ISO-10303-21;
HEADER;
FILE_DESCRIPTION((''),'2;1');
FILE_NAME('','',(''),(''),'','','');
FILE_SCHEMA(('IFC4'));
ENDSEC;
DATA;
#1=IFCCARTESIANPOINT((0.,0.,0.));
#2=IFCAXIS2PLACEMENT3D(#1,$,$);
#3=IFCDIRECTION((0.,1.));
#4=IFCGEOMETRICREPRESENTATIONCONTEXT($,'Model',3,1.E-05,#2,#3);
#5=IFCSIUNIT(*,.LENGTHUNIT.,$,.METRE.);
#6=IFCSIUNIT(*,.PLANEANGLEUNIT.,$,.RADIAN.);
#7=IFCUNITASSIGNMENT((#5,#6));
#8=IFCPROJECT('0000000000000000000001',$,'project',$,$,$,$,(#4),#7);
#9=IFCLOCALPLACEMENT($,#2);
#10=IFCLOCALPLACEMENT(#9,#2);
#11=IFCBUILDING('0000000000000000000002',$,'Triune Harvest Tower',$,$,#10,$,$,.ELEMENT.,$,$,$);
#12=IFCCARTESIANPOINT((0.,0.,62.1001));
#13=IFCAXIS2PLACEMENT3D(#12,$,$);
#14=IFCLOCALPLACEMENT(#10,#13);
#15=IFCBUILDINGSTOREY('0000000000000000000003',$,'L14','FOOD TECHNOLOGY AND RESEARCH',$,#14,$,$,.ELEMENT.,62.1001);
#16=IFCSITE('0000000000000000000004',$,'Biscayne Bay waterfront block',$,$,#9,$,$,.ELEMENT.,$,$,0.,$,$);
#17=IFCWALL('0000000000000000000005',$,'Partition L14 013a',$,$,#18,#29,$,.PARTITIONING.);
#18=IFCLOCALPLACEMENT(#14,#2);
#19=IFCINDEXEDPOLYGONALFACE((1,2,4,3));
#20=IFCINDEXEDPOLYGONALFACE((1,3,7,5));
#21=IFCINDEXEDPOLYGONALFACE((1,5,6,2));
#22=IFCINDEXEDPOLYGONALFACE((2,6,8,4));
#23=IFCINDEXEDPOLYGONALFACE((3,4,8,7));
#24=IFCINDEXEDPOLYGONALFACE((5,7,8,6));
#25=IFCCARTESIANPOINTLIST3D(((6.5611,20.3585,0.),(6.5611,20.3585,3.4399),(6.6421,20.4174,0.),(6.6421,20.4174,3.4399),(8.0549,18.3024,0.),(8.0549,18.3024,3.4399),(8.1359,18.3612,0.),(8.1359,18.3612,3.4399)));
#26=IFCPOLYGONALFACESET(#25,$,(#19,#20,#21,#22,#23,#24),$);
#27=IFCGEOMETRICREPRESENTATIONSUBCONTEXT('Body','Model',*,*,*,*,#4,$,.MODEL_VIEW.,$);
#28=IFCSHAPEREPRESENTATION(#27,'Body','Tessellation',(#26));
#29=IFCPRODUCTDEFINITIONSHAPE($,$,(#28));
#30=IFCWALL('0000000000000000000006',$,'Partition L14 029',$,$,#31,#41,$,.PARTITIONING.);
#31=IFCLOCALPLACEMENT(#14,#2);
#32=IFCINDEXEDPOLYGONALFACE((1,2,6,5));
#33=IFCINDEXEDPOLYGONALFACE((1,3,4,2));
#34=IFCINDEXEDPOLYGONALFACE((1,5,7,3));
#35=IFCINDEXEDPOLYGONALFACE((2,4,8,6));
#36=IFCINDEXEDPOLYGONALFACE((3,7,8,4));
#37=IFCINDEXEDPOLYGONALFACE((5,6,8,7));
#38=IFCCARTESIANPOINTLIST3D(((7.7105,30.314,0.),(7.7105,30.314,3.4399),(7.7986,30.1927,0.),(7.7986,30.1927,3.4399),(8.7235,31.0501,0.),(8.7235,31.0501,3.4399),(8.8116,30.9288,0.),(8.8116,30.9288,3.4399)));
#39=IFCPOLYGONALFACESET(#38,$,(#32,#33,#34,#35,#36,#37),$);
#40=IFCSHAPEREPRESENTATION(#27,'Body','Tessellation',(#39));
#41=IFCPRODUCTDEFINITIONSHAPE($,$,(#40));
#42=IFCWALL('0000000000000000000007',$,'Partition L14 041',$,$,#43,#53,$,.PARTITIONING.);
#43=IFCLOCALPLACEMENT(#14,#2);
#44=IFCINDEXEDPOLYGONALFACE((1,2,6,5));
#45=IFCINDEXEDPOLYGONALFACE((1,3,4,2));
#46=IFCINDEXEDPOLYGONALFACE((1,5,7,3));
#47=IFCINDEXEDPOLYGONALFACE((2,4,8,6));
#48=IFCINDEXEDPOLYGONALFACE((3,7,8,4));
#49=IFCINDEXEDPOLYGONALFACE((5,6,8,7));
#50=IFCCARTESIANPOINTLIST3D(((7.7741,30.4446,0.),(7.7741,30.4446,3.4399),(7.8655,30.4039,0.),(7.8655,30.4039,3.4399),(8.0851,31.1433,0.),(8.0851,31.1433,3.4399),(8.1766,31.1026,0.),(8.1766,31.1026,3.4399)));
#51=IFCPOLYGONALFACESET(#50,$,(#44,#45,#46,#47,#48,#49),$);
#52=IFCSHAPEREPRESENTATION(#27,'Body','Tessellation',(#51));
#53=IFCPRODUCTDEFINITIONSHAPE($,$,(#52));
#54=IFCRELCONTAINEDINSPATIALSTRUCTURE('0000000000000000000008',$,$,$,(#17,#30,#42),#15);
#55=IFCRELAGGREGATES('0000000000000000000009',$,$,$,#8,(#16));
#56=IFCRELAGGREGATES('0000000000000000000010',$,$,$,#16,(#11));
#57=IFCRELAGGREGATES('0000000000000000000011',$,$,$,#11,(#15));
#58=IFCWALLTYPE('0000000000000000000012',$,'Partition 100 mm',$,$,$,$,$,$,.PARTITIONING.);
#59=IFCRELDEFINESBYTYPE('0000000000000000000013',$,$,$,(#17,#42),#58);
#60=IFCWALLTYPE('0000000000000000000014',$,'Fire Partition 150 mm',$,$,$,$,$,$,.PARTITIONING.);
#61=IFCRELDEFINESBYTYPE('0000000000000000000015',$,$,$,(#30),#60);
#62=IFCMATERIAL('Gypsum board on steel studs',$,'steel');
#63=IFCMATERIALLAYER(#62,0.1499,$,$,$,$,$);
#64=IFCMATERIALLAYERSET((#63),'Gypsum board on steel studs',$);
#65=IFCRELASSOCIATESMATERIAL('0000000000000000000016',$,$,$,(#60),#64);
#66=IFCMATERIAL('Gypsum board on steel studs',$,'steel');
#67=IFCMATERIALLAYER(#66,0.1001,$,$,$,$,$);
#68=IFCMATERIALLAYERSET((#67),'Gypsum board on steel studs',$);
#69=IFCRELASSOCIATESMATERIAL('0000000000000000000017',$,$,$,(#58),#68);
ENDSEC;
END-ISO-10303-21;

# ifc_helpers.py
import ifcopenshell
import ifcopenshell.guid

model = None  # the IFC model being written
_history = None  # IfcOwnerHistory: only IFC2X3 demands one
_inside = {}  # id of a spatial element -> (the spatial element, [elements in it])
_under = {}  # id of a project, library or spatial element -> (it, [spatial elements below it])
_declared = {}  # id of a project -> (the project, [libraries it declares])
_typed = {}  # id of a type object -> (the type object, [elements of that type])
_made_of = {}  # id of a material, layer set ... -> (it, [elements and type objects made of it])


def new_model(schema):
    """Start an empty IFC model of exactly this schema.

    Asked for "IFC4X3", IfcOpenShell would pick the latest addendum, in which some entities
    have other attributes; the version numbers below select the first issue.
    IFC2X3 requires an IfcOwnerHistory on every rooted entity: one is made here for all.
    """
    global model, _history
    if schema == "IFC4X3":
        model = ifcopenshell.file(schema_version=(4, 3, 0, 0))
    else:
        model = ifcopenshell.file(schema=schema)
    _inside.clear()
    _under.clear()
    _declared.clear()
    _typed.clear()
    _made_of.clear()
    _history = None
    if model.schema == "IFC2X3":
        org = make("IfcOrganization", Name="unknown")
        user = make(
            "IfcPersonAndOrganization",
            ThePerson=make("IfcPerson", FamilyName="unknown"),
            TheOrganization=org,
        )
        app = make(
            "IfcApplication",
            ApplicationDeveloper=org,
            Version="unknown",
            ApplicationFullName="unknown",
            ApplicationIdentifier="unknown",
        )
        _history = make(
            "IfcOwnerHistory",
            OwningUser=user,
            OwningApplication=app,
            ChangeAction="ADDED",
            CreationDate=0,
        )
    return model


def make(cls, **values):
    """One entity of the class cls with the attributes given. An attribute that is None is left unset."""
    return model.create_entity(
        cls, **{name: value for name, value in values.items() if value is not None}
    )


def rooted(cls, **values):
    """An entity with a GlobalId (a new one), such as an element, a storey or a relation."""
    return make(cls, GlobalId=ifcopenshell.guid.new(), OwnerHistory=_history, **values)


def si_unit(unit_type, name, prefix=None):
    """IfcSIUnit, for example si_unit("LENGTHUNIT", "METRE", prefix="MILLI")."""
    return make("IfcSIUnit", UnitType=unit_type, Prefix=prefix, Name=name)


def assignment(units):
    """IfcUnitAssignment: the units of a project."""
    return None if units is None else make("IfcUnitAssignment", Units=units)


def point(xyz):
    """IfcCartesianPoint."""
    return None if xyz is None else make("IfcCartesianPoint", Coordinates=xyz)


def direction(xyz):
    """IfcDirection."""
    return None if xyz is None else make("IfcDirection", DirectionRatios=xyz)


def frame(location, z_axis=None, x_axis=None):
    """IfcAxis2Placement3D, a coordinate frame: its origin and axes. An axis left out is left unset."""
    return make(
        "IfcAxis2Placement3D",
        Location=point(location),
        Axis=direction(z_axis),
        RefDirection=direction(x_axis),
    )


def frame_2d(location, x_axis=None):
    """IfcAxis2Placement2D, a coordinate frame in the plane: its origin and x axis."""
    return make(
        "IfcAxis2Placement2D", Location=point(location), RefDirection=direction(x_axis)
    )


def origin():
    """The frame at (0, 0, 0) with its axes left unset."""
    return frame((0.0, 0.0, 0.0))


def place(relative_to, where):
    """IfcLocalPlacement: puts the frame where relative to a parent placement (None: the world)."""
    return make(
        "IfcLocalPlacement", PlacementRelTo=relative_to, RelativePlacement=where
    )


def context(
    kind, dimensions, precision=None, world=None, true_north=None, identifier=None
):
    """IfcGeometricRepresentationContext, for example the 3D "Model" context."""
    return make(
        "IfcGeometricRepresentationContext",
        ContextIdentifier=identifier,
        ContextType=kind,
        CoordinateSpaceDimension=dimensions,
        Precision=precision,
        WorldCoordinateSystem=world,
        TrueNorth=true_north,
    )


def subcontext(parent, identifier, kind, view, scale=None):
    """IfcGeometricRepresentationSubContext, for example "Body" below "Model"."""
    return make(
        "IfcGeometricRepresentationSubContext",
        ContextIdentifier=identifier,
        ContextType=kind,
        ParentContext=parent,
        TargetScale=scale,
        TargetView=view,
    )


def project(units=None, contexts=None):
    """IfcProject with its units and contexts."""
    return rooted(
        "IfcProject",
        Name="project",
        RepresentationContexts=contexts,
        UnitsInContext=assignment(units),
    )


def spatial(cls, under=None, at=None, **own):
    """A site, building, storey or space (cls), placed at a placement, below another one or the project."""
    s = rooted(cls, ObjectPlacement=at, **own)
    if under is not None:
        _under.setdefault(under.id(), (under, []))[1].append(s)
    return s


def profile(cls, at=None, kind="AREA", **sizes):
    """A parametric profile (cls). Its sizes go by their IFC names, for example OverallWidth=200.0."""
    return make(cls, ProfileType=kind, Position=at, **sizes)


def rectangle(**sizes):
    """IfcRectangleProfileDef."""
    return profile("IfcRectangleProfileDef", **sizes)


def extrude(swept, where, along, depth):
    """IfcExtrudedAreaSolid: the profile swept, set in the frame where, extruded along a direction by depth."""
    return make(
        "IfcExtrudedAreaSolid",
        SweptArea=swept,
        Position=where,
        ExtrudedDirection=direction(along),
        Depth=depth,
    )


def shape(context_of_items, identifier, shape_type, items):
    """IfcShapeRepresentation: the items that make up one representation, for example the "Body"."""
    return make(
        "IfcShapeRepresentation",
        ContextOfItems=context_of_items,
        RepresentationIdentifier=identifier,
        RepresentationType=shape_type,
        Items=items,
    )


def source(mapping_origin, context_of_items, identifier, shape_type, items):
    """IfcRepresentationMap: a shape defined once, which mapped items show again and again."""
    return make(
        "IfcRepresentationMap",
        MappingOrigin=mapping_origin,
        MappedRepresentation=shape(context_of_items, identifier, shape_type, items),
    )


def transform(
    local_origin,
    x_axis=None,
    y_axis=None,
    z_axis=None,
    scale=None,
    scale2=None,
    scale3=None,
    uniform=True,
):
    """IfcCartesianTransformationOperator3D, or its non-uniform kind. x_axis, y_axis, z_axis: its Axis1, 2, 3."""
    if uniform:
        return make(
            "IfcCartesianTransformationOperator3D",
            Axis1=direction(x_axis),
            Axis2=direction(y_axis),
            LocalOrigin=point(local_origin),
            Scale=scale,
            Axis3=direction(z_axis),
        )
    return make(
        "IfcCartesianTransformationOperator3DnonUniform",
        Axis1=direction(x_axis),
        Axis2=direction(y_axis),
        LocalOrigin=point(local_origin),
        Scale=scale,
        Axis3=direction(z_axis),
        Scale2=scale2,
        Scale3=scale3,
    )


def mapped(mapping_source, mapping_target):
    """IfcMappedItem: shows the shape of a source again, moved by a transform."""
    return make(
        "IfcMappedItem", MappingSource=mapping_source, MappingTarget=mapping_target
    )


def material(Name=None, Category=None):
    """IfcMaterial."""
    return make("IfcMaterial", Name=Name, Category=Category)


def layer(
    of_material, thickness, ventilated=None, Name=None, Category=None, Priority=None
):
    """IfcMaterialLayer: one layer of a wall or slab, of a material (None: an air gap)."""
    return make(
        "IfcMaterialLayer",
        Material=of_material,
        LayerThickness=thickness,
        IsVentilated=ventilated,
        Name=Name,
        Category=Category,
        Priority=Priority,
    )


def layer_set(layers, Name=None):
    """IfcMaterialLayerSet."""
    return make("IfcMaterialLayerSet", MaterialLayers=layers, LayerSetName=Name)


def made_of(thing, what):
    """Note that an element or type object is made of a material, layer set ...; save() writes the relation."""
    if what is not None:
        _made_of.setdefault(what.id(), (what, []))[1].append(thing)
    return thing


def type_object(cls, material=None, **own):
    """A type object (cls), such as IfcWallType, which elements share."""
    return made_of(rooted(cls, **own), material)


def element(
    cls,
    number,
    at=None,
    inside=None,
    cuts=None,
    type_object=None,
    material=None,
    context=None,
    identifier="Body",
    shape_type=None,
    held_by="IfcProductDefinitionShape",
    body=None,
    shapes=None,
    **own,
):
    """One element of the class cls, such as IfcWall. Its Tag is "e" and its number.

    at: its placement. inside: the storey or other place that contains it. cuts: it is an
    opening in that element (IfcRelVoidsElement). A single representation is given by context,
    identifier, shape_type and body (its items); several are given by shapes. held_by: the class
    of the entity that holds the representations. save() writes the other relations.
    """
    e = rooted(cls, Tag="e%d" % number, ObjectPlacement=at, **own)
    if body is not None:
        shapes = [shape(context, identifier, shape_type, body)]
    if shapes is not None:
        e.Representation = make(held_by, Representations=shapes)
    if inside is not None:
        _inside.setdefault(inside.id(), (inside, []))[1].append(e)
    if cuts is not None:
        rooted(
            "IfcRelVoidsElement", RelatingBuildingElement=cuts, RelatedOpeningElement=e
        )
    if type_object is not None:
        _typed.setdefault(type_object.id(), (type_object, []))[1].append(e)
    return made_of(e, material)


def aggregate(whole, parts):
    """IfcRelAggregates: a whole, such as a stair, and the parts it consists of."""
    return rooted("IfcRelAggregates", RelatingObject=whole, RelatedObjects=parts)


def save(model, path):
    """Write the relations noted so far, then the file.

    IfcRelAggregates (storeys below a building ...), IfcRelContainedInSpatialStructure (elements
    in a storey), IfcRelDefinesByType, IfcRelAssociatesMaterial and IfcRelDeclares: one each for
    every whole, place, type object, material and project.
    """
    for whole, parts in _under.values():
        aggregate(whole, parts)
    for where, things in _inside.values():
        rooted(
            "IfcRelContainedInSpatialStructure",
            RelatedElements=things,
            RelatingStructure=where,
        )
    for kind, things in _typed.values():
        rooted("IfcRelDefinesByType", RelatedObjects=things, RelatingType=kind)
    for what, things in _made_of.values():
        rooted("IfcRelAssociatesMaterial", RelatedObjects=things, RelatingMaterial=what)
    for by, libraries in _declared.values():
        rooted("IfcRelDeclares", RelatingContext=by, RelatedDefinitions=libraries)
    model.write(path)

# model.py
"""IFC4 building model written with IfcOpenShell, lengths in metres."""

from ifc_helpers import new_model, si_unit, direction, frame, frame_2d, origin, place, context, subcontext, project, spatial, rectangle, extrude, source, transform, mapped, material, layer, layer_set, type_object, element, save


model = new_model("IFC4")

# Units and contexts
model_context = context("Model", 3, precision=1e-05, world=origin(), true_north=direction((0.0, 1.0)))
body_context = subcontext(model_context, "Body", "Model", "MODEL_VIEW")
ifc_project = project(units=[si_unit("LENGTHUNIT", "METRE"), si_unit("PLANEANGLEUNIT", "RADIAN")], contexts=[model_context])

# Site, building, storey
site_placement = place(None, origin())
site = spatial("IfcSite", under=ifc_project, at=site_placement, Name="Biscayne Bay waterfront block", CompositionType="ELEMENT", RefElevation=0.0)
building_placement = place(site_placement, origin())
building = spatial("IfcBuilding", under=site, at=building_placement, Name="Triune Harvest Tower", CompositionType="ELEMENT")
storey_placement = place(building_placement, frame((0.0, 0.0, 62.1001)))
storey = spatial("IfcBuildingStorey", under=building, at=storey_placement, Name="L14", Description="FOOD TECHNOLOGY AND RESEARCH", CompositionType="ELEMENT", Elevation=62.1001)

# Walls
ifc_material_1 = material(Name="Gypsum board on steel studs", Category="steel")
ifc_layer_1 = layer(ifc_material_1, 0.1499)
ifc_layer_set_1 = layer_set([ifc_layer_1], Name="Gypsum board on steel studs")
wall_type_1 = type_object("IfcWallType", Name="Fire Partition 150 mm", PredefinedType="PARTITIONING", material=ifc_layer_set_1)
ifc_material_2 = material(Name="Gypsum board on steel studs", Category="steel")
ifc_layer_2 = layer(ifc_material_2, 0.1001)
ifc_layer_set_2 = layer_set([ifc_layer_2], Name="Gypsum board on steel studs")
wall_type_2 = type_object("IfcWallType", Name="Partition 100 mm", PredefinedType="PARTITIONING", material=ifc_layer_set_2)
shared_shape_1 = source(origin(), body_context, "Body", "SweptSolid", [
    extrude(rectangle(XDim=2.5415, YDim=0.1001, at=frame_2d((1.2708, 0.0))), origin(), (0.0, 0.0, 1.0), 3.4399),
])
wall_1_placement = place(storey_placement, frame((6.6016, 20.3879, 0.0), z_axis=(0.0, 0.0, 1.0), x_axis=(0.587789, -0.809014, 0.0)))
element("IfcWall", 1, at=wall_1_placement, inside=storey, type_object=wall_type_2, Name="Partition L14 013a", PredefinedType="PARTITIONING", context=body_context, shape_type="MappedRepresentation", body=[
    mapped(shared_shape_1, transform((0.0, 0.0, 0.0), scale=1.0)),
])
shared_shape_2 = source(origin(), body_context, "Body", "SweptSolid", [
    extrude(rectangle(XDim=1.2522, YDim=0.1499, at=frame_2d((0.626, 0.0))), origin(), (0.0, 0.0, 1.0), 3.4399),
])
wall_2_placement = place(storey_placement, frame((7.7546, 30.2534, 0.0), z_axis=(0.0, 0.0, 1.0), x_axis=(0.808964, 0.587859, 0.0)))
element("IfcWall", 2, at=wall_2_placement, inside=storey, type_object=wall_type_1, Name="Partition L14 029", PredefinedType="PARTITIONING", context=body_context, shape_type="MappedRepresentation", body=[
    mapped(shared_shape_2, transform((0.0, 0.0, 0.0), scale=1.0)),
])
shared_shape_3 = source(origin(), body_context, "Body", "SweptSolid", [
    extrude(rectangle(XDim=0.7649, YDim=0.1001, at=frame_2d((0.3823, 0.0))), origin(), (0.0, 0.0, 1.0), 3.4399),
])
wall_3_placement = place(storey_placement, frame((7.8198, 30.4243, 0.0), z_axis=(0.0, 0.0, 1.0), x_axis=(0.406672, 0.913574, 0.0)))
element("IfcWall", 3, at=wall_3_placement, inside=storey, type_object=wall_type_2, Name="Partition L14 041", PredefinedType="PARTITIONING", context=body_context, shape_type="MappedRepresentation", body=[
    mapped(shared_shape_3, transform((0.0, 0.0, 0.0), scale=1.0)),
])

save(model, "model.ifc")
